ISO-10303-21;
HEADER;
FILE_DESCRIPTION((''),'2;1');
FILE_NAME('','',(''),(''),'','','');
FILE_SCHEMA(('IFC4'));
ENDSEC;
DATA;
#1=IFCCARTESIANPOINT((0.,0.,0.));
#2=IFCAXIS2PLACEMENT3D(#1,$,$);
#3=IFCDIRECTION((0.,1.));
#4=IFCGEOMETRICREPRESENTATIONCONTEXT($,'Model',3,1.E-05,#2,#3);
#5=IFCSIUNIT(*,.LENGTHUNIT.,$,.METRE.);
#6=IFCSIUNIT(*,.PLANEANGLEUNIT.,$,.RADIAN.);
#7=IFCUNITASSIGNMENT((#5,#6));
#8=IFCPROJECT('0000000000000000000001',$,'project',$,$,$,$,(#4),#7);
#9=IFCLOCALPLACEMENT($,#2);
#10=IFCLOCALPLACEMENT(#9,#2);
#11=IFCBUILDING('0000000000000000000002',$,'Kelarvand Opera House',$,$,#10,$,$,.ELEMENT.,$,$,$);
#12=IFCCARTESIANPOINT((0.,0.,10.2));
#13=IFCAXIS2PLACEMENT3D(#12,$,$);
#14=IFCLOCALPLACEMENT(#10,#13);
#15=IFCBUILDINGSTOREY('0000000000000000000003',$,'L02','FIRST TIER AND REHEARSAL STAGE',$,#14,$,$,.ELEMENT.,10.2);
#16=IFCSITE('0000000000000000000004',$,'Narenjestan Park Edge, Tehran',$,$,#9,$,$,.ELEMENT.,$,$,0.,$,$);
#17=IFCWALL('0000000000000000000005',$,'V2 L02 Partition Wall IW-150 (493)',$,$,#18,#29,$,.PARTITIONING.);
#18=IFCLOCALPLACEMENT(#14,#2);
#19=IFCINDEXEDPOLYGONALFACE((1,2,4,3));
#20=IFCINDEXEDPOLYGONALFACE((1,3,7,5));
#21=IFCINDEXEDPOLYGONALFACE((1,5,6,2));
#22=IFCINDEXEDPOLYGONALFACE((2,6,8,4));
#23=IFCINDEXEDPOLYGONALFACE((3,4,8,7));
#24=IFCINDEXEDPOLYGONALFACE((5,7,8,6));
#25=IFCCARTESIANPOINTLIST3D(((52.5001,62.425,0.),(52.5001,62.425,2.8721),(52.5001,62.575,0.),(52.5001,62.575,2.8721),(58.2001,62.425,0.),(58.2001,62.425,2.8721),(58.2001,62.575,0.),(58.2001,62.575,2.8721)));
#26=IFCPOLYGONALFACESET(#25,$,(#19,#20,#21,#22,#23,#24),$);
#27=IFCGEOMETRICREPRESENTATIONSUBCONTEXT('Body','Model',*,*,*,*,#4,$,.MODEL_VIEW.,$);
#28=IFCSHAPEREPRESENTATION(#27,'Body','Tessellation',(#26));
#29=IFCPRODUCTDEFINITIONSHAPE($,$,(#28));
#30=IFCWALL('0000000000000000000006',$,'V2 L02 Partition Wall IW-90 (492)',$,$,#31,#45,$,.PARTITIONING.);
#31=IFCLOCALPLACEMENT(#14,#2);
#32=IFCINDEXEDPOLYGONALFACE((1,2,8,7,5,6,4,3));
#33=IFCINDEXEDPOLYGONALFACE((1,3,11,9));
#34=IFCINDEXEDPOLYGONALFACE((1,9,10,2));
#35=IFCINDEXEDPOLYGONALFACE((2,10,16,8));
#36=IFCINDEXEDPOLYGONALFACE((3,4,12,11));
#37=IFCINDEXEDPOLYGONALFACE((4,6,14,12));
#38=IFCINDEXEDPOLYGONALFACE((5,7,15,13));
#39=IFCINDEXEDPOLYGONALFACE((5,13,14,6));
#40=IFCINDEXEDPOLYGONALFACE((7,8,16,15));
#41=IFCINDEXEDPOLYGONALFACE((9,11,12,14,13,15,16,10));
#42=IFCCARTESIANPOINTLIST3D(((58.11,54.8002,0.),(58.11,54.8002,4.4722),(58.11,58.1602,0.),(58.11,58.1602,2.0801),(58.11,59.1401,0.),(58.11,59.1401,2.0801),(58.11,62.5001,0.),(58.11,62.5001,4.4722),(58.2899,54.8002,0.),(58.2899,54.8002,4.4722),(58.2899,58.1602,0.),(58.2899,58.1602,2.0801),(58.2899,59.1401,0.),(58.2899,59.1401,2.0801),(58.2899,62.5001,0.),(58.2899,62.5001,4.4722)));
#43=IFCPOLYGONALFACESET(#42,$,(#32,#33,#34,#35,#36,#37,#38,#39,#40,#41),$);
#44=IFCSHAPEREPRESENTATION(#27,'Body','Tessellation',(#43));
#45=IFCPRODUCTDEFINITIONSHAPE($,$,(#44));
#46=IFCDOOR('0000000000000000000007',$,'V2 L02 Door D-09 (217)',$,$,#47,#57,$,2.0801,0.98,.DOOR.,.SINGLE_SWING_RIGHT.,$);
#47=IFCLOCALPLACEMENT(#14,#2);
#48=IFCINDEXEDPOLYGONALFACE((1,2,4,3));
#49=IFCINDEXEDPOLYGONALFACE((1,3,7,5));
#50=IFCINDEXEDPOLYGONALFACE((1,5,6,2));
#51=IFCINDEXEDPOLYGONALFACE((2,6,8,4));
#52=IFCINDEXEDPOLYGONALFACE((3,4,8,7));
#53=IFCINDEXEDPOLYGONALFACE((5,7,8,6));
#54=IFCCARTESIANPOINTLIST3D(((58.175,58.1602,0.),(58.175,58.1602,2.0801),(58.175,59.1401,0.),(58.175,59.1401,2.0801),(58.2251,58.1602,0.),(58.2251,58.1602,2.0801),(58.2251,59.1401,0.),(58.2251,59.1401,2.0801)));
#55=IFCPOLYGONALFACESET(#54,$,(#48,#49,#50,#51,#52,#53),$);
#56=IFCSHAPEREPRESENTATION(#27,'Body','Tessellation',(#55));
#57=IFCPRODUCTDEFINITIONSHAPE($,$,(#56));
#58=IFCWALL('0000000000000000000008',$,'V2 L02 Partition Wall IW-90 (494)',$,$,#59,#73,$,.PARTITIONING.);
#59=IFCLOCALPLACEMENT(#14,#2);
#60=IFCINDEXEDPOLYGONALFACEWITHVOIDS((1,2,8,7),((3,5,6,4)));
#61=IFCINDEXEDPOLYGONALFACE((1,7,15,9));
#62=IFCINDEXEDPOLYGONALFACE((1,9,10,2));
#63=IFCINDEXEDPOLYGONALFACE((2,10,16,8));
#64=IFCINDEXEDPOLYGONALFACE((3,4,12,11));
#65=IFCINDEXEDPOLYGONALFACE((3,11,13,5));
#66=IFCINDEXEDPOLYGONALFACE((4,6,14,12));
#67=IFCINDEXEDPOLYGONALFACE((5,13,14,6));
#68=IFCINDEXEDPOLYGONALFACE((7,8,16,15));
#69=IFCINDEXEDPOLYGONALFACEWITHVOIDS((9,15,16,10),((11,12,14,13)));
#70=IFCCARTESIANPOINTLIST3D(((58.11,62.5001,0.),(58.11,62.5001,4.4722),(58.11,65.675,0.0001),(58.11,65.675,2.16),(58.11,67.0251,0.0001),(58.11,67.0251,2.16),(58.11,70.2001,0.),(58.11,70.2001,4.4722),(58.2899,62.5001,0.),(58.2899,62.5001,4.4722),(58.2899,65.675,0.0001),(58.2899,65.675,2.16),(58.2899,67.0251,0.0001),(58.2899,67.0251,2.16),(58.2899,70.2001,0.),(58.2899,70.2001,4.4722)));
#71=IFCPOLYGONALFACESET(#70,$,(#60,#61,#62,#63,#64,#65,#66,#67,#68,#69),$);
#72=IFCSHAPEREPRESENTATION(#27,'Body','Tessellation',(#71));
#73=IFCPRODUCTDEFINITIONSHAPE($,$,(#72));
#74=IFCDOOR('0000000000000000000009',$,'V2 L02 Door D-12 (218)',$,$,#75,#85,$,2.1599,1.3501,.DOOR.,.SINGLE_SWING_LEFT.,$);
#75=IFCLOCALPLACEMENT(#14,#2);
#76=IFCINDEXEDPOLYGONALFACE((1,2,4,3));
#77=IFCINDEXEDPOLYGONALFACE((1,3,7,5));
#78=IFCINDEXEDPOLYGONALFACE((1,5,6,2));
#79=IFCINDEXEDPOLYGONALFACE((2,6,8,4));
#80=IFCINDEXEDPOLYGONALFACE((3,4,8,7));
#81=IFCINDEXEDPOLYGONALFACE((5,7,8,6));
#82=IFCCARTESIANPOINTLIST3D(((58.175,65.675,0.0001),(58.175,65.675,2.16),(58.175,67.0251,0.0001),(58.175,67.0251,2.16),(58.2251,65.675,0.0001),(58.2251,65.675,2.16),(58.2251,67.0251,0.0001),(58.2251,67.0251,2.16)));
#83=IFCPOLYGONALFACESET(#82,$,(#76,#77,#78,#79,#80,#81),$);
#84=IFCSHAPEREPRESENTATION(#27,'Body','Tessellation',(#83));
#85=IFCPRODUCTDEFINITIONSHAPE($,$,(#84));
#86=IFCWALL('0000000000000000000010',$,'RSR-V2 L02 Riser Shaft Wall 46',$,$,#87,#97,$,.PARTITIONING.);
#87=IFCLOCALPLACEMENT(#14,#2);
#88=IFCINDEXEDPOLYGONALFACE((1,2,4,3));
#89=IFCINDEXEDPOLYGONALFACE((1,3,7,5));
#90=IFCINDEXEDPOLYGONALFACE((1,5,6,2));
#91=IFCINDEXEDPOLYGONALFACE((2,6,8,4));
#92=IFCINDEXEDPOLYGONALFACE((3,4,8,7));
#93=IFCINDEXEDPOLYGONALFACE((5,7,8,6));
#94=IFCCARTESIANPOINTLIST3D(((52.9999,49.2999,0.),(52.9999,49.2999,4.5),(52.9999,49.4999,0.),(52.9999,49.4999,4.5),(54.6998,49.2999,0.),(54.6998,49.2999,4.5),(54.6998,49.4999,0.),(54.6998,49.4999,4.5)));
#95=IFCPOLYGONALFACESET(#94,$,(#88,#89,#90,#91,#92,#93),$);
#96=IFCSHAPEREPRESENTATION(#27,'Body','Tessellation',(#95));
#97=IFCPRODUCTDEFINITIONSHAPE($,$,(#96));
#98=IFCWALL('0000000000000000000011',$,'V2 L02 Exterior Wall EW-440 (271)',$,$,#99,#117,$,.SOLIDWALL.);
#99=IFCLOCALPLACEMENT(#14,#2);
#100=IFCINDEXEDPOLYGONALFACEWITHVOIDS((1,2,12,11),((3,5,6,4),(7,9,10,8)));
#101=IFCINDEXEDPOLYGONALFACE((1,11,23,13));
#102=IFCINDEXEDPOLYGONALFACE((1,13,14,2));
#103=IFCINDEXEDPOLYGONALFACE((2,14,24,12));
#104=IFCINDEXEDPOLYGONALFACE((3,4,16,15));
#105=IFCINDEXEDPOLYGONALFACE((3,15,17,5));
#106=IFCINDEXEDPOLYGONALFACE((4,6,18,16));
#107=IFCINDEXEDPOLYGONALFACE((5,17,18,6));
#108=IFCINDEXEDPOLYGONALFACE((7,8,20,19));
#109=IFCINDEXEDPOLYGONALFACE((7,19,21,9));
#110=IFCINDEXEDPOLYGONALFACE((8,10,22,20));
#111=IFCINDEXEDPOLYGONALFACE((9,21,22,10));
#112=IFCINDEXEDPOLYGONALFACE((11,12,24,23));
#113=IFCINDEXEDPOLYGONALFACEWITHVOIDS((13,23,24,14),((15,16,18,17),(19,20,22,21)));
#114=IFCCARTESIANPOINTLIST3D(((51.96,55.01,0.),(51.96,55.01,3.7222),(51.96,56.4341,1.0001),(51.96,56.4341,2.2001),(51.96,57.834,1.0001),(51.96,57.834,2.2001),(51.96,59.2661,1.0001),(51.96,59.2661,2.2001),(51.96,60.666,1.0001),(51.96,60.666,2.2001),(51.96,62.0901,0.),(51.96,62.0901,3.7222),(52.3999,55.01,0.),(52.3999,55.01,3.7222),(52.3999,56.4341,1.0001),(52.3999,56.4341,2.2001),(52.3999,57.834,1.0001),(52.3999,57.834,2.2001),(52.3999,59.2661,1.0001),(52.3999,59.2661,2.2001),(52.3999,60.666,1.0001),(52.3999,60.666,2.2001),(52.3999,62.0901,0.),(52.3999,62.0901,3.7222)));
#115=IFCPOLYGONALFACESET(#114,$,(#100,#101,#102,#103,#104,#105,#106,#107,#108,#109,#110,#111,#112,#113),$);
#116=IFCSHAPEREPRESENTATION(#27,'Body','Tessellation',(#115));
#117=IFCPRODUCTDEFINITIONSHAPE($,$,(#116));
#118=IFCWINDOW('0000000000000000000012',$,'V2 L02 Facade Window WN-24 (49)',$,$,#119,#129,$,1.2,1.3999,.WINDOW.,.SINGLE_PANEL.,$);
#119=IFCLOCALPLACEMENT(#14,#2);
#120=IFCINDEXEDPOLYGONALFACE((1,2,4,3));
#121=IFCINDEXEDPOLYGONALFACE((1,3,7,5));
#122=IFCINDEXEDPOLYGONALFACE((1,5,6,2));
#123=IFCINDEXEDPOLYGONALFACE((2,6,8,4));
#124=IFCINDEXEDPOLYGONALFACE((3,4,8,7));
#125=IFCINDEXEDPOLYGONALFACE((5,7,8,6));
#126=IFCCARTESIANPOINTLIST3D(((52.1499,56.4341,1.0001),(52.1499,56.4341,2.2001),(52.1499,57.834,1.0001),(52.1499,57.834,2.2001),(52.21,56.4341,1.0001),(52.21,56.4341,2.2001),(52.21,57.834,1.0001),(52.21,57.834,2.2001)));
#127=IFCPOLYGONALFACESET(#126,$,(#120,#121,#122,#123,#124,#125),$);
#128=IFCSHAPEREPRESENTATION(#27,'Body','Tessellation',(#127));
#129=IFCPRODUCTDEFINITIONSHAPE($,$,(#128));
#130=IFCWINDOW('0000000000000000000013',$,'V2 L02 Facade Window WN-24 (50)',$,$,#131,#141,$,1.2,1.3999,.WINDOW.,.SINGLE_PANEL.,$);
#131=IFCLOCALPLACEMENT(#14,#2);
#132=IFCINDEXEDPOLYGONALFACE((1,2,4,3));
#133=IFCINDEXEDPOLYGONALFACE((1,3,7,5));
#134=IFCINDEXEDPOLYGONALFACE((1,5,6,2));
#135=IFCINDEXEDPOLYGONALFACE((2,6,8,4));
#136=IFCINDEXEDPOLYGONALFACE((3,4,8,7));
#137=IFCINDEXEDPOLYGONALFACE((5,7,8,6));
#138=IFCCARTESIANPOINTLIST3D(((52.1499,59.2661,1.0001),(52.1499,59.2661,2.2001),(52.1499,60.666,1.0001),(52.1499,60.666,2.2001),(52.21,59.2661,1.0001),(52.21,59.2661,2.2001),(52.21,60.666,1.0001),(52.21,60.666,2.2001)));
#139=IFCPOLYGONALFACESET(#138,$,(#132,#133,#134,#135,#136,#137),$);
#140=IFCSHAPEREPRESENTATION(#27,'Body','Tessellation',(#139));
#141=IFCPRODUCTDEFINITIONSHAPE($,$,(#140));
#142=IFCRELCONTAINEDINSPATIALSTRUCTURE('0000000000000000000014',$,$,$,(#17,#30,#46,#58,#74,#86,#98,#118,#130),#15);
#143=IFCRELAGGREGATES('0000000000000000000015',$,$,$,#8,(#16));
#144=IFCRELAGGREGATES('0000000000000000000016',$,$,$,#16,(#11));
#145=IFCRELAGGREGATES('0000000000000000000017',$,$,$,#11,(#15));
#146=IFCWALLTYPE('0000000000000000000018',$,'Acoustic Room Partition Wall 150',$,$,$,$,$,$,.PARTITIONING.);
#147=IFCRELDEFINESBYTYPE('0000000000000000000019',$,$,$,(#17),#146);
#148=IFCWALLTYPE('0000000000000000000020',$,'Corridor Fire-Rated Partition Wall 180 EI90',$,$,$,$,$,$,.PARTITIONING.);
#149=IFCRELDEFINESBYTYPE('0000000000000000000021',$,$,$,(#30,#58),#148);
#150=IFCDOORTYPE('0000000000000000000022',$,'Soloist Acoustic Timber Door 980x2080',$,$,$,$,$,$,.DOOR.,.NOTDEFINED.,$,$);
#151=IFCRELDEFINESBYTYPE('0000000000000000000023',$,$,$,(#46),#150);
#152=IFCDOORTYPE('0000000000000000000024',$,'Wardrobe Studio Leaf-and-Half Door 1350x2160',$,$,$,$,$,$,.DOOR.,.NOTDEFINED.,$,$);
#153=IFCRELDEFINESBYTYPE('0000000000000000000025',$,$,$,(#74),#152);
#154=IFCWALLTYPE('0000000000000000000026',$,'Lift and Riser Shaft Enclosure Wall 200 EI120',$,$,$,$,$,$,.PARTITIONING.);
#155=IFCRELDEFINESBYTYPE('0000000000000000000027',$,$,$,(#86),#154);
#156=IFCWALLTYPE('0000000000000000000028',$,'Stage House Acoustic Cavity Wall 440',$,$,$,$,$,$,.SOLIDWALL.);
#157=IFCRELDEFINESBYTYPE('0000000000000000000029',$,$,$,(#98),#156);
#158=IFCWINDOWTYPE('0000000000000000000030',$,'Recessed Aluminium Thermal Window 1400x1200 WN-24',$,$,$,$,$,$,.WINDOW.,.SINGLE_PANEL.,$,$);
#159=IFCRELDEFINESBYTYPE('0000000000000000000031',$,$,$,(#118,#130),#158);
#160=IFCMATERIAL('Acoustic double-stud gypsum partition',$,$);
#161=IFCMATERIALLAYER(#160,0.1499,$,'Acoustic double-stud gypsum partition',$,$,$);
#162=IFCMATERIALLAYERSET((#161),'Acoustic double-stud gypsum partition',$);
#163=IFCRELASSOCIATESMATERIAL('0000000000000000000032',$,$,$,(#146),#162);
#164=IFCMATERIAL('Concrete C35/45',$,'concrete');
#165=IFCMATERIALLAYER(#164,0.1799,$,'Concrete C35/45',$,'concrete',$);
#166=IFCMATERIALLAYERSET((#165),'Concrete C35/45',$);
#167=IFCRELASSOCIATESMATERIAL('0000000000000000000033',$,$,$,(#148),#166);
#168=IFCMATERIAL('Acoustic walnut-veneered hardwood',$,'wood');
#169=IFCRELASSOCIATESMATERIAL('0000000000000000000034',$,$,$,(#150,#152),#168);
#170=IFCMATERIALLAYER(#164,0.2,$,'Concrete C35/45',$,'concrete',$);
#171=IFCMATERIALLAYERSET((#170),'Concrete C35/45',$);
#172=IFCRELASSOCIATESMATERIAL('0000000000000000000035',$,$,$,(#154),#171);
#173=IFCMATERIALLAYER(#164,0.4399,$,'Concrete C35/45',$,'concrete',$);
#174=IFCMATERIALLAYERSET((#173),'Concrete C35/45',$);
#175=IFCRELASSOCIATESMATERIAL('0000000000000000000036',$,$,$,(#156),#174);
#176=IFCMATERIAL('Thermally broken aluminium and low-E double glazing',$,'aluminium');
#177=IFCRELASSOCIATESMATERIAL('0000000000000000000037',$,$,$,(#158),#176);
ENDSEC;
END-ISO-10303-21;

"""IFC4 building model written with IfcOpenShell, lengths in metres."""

from ifc_helpers import new_model, si_unit, direction, frame, frame_2d, origin, place, context, subcontext, project, spatial, rectangle, extrude, material, layer, layer_set, type_object, element, fill, save


model = new_model("IFC4")

# Units and contexts
model_context = context("Model", 3, precision=1e-05, world=origin(), true_north=direction((0.0, 1.0)))
body_context = subcontext(model_context, "Body", "Model", "MODEL_VIEW")
ifc_project = project(units=[si_unit("LENGTHUNIT", "METRE"), si_unit("PLANEANGLEUNIT", "RADIAN")], contexts=[model_context])

# Site, building, storey
site_placement = place(None, origin())
site = spatial("IfcSite", under=ifc_project, at=site_placement, Name="Narenjestan Park Edge, Tehran", CompositionType="ELEMENT", RefElevation=0.0)
building_placement = place(site_placement, origin())
building = spatial("IfcBuilding", under=site, at=building_placement, Name="Kelarvand Opera House", CompositionType="ELEMENT")
storey_placement = place(building_placement, frame((0.0, 0.0, 10.2)))
storey = spatial("IfcBuildingStorey", under=building, at=storey_placement, Name="L02", Description="FIRST TIER AND REHEARSAL STAGE", CompositionType="ELEMENT", Elevation=10.2)

# Wall
ifc_material_1 = material(Name="Acoustic double-stud gypsum partition")
ifc_layer_1 = layer(ifc_material_1, 0.1499, Name="Acoustic double-stud gypsum partition")
ifc_layer_set_1 = layer_set([ifc_layer_1], Name="Acoustic double-stud gypsum partition")
wall_type_1 = type_object("IfcWallType", Name="Acoustic Room Partition Wall 150", PredefinedType="PARTITIONING", material=ifc_layer_set_1)
wall_1_placement = place(storey_placement, frame((52.5, 62.5, 0.0), z_axis=(0.0, 0.0, 1.0), x_axis=(1.0, 0.0, 0.0)))
element("IfcWall", 1, at=wall_1_placement, inside=storey, type_object=wall_type_1, Name="V2 L02 Partition Wall IW-150 (493)", PredefinedType="PARTITIONING", context=body_context, shape_type="SweptSolid", body=[
    extrude(rectangle(XDim=5.7, YDim=0.1499, at=frame_2d((2.8501, 0.0))), origin(), (0.0, 0.0, 1.0), 2.8721),
])

# Walls, openings, doors
ifc_material_2 = material(Name="Concrete C35/45", Category="concrete")
ifc_layer_2 = layer(ifc_material_2, 0.1799, Name="Concrete C35/45", Category="concrete")
ifc_layer_set_2 = layer_set([ifc_layer_2], Name="Concrete C35/45")
wall_type_2 = type_object("IfcWallType", Name="Corridor Fire-Rated Partition Wall 180 EI90", PredefinedType="PARTITIONING", material=ifc_layer_set_2)
wall_2_placement = place(storey_placement, frame((58.2, 54.8, 0.0), z_axis=(0.0, 0.0, 1.0), x_axis=(0.0, 1.0, 0.0)))
wall_2 = element("IfcWall", 2, at=wall_2_placement, inside=storey, type_object=wall_type_2, Name="V2 L02 Partition Wall IW-90 (492)", PredefinedType="PARTITIONING", context=body_context, shape_type="SweptSolid", body=[
    extrude(rectangle(XDim=7.7, YDim=0.1799, at=frame_2d((3.8501, 0.0))), origin(), (0.0, 0.0, 1.0), 4.4722),
])
opening_1_placement = place(wall_2_placement, frame((3.3601, 0.0, 0.0)))
opening_1 = element("IfcOpeningElement", 3, at=opening_1_placement, cuts=wall_2, PredefinedType="OPENING", context=body_context, shape_type="SweptSolid", body=[
    extrude(rectangle(XDim=0.98, YDim=2.0801, at=frame_2d((0.49, 1.04))), frame((0.0, 0.1001, 0.0), z_axis=(0.0, -1.0, 0.0), x_axis=(1.0, 0.0, 0.0)), (0.0, 0.0, 1.0), 0.2),
])
ifc_material_3 = material(Name="Acoustic walnut-veneered hardwood", Category="wood")
door_type_1 = type_object("IfcDoorType", Name="Soloist Acoustic Timber Door 980x2080", OperationType="NOTDEFINED", PredefinedType="DOOR", material=ifc_material_3)
door_1_placement = place(opening_1_placement, origin())
door_1 = element("IfcDoor", 4, at=door_1_placement, inside=storey, type_object=door_type_1, Name="V2 L02 Door D-09 (217)", OperationType="SINGLE_SWING_RIGHT", OverallHeight=2.0801, OverallWidth=0.98, PredefinedType="DOOR", context=body_context, shape_type="SweptSolid", body=[
    extrude(rectangle(XDim=0.98, YDim=2.0801, at=frame_2d((0.49, 1.04))), frame((0.0, 0.0249, 0.0), z_axis=(0.0, -1.0, 0.0), x_axis=(1.0, 0.0, 0.0)), (0.0, 0.0, 1.0), 0.05),
])
fill(opening_1, door_1)
wall_3_placement = place(storey_placement, frame((58.2, 62.5, 0.0), z_axis=(0.0, 0.0, 1.0), x_axis=(0.0, 1.0, 0.0)))
wall_3 = element("IfcWall", 5, at=wall_3_placement, inside=storey, type_object=wall_type_2, Name="V2 L02 Partition Wall IW-90 (494)", PredefinedType="PARTITIONING", context=body_context, shape_type="SweptSolid", body=[
    extrude(rectangle(XDim=7.7, YDim=0.1799, at=frame_2d((3.8501, 0.0))), origin(), (0.0, 0.0, 1.0), 4.4722),
])
opening_2_placement = place(wall_3_placement, frame((3.175, 0.0, 0.0)))
opening_2 = element("IfcOpeningElement", 6, at=opening_2_placement, cuts=wall_3, PredefinedType="OPENING", context=body_context, shape_type="SweptSolid", body=[
    extrude(rectangle(XDim=1.3501, YDim=2.1599, at=frame_2d((0.675, 1.0801))), frame((0.0, 0.1001, 0.0), z_axis=(0.0, -1.0, 0.0), x_axis=(1.0, 0.0, 0.0)), (0.0, 0.0, 1.0), 0.2),
])
door_type_2 = type_object("IfcDoorType", Name="Wardrobe Studio Leaf-and-Half Door 1350x2160", OperationType="NOTDEFINED", PredefinedType="DOOR", material=ifc_material_3)
door_2_placement = place(opening_2_placement, origin())
door_2 = element("IfcDoor", 7, at=door_2_placement, inside=storey, type_object=door_type_2, Name="V2 L02 Door D-12 (218)", OperationType="SINGLE_SWING_LEFT", OverallHeight=2.1599, OverallWidth=1.3501, PredefinedType="DOOR", context=body_context, shape_type="SweptSolid", body=[
    extrude(rectangle(XDim=1.3501, YDim=2.1599, at=frame_2d((0.675, 1.0801))), frame((0.0, 0.0249, 0.0), z_axis=(0.0, -1.0, 0.0), x_axis=(1.0, 0.0, 0.0)), (0.0, 0.0, 1.0), 0.05),
])
fill(opening_2, door_2)

# Wall
ifc_layer_3 = layer(ifc_material_2, 0.2, Name="Concrete C35/45", Category="concrete")
ifc_layer_set_3 = layer_set([ifc_layer_3], Name="Concrete C35/45")
wall_type_3 = type_object("IfcWallType", Name="Lift and Riser Shaft Enclosure Wall 200 EI120", PredefinedType="PARTITIONING", material=ifc_layer_set_3)
wall_4_placement = place(storey_placement, frame((54.7, 49.3999, 0.0), z_axis=(0.0, 0.0, 1.0), x_axis=(-1.0, 0.0, 0.0)))
element("IfcWall", 8, at=wall_4_placement, inside=storey, type_object=wall_type_3, Name="RSR-V2 L02 Riser Shaft Wall 46", PredefinedType="PARTITIONING", context=body_context, shape_type="SweptSolid", body=[
    extrude(rectangle(XDim=1.7, YDim=0.2, at=frame_2d((0.8501, 0.0))), origin(), (0.0, 0.0, 1.0), 4.5),
])

# Wall, openings, windows
ifc_layer_4 = layer(ifc_material_2, 0.4399, Name="Concrete C35/45", Category="concrete")
ifc_layer_set_4 = layer_set([ifc_layer_4], Name="Concrete C35/45")
wall_type_4 = type_object("IfcWallType", Name="Stage House Acoustic Cavity Wall 440", PredefinedType="SOLIDWALL", material=ifc_layer_set_4)
wall_5_placement = place(storey_placement, frame((52.1799, 55.01, 0.0), z_axis=(0.0, 0.0, 1.0), x_axis=(0.0, 1.0, 0.0)))
wall_5 = element("IfcWall", 9, at=wall_5_placement, inside=storey, type_object=wall_type_4, Name="V2 L02 Exterior Wall EW-440 (271)", PredefinedType="SOLIDWALL", context=body_context, shape_type="SweptSolid", body=[
    extrude(rectangle(XDim=7.0801, YDim=0.4399, at=frame_2d((3.54, 0.0))), origin(), (0.0, 0.0, 1.0), 3.7222),
])
opening_3_placement = place(wall_5_placement, frame((1.4241, 0.0, 1.0)))
opening_3 = element("IfcOpeningElement", 10, at=opening_3_placement, cuts=wall_5, PredefinedType="OPENING", context=body_context, shape_type="SweptSolid", body=[
    extrude(rectangle(XDim=1.3999, YDim=1.2, at=frame_2d((0.7, 0.6001))), frame((0.0, 0.23, 0.0), z_axis=(0.0, -1.0, 0.0), x_axis=(1.0, 0.0, 0.0)), (0.0, 0.0, 1.0), 0.46),
])
opening_4_placement = place(wall_5_placement, frame((4.2561, 0.0, 1.0)))
opening_4 = element("IfcOpeningElement", 11, at=opening_4_placement, cuts=wall_5, PredefinedType="OPENING", context=body_context, shape_type="SweptSolid", body=[
    extrude(rectangle(XDim=1.3999, YDim=1.2, at=frame_2d((0.7, 0.6001))), frame((0.0, 0.23, 0.0), z_axis=(0.0, -1.0, 0.0), x_axis=(1.0, 0.0, 0.0)), (0.0, 0.0, 1.0), 0.46),
])
ifc_material_4 = material(Name="Thermally broken aluminium and low-E double glazing", Category="aluminium")
window_type = type_object("IfcWindowType", Name="Recessed Aluminium Thermal Window 1400x1200 WN-24", PartitioningType="SINGLE_PANEL", PredefinedType="WINDOW", material=ifc_material_4)
window_1_placement = place(opening_3_placement, origin())
window_1 = element("IfcWindow", 12, at=window_1_placement, inside=storey, type_object=window_type, Name="V2 L02 Facade Window WN-24 (49)", OverallHeight=1.2, OverallWidth=1.3999, PartitioningType="SINGLE_PANEL", PredefinedType="WINDOW", context=body_context, shape_type="SweptSolid", body=[
    extrude(rectangle(XDim=1.3999, YDim=1.2, at=frame_2d((0.7, 0.6001))), frame((0.0, 0.03, 0.0), z_axis=(0.0, -1.0, 0.0), x_axis=(1.0, 0.0, 0.0)), (0.0, 0.0, 1.0), 0.0601),
])
fill(opening_3, window_1)
window_2_placement = place(opening_4_placement, origin())
window_2 = element("IfcWindow", 13, at=window_2_placement, inside=storey, type_object=window_type, Name="V2 L02 Facade Window WN-24 (50)", OverallHeight=1.2, OverallWidth=1.3999, PartitioningType="SINGLE_PANEL", PredefinedType="WINDOW", context=body_context, shape_type="SweptSolid", body=[
    extrude(rectangle(XDim=1.3999, YDim=1.2, at=frame_2d((0.7, 0.6001))), frame((0.0, 0.03, 0.0), z_axis=(0.0, -1.0, 0.0), x_axis=(1.0, 0.0, 0.0)), (0.0, 0.0, 1.0), 0.0601),
])
fill(opening_4, window_2)

save(model, "model.ifc")
